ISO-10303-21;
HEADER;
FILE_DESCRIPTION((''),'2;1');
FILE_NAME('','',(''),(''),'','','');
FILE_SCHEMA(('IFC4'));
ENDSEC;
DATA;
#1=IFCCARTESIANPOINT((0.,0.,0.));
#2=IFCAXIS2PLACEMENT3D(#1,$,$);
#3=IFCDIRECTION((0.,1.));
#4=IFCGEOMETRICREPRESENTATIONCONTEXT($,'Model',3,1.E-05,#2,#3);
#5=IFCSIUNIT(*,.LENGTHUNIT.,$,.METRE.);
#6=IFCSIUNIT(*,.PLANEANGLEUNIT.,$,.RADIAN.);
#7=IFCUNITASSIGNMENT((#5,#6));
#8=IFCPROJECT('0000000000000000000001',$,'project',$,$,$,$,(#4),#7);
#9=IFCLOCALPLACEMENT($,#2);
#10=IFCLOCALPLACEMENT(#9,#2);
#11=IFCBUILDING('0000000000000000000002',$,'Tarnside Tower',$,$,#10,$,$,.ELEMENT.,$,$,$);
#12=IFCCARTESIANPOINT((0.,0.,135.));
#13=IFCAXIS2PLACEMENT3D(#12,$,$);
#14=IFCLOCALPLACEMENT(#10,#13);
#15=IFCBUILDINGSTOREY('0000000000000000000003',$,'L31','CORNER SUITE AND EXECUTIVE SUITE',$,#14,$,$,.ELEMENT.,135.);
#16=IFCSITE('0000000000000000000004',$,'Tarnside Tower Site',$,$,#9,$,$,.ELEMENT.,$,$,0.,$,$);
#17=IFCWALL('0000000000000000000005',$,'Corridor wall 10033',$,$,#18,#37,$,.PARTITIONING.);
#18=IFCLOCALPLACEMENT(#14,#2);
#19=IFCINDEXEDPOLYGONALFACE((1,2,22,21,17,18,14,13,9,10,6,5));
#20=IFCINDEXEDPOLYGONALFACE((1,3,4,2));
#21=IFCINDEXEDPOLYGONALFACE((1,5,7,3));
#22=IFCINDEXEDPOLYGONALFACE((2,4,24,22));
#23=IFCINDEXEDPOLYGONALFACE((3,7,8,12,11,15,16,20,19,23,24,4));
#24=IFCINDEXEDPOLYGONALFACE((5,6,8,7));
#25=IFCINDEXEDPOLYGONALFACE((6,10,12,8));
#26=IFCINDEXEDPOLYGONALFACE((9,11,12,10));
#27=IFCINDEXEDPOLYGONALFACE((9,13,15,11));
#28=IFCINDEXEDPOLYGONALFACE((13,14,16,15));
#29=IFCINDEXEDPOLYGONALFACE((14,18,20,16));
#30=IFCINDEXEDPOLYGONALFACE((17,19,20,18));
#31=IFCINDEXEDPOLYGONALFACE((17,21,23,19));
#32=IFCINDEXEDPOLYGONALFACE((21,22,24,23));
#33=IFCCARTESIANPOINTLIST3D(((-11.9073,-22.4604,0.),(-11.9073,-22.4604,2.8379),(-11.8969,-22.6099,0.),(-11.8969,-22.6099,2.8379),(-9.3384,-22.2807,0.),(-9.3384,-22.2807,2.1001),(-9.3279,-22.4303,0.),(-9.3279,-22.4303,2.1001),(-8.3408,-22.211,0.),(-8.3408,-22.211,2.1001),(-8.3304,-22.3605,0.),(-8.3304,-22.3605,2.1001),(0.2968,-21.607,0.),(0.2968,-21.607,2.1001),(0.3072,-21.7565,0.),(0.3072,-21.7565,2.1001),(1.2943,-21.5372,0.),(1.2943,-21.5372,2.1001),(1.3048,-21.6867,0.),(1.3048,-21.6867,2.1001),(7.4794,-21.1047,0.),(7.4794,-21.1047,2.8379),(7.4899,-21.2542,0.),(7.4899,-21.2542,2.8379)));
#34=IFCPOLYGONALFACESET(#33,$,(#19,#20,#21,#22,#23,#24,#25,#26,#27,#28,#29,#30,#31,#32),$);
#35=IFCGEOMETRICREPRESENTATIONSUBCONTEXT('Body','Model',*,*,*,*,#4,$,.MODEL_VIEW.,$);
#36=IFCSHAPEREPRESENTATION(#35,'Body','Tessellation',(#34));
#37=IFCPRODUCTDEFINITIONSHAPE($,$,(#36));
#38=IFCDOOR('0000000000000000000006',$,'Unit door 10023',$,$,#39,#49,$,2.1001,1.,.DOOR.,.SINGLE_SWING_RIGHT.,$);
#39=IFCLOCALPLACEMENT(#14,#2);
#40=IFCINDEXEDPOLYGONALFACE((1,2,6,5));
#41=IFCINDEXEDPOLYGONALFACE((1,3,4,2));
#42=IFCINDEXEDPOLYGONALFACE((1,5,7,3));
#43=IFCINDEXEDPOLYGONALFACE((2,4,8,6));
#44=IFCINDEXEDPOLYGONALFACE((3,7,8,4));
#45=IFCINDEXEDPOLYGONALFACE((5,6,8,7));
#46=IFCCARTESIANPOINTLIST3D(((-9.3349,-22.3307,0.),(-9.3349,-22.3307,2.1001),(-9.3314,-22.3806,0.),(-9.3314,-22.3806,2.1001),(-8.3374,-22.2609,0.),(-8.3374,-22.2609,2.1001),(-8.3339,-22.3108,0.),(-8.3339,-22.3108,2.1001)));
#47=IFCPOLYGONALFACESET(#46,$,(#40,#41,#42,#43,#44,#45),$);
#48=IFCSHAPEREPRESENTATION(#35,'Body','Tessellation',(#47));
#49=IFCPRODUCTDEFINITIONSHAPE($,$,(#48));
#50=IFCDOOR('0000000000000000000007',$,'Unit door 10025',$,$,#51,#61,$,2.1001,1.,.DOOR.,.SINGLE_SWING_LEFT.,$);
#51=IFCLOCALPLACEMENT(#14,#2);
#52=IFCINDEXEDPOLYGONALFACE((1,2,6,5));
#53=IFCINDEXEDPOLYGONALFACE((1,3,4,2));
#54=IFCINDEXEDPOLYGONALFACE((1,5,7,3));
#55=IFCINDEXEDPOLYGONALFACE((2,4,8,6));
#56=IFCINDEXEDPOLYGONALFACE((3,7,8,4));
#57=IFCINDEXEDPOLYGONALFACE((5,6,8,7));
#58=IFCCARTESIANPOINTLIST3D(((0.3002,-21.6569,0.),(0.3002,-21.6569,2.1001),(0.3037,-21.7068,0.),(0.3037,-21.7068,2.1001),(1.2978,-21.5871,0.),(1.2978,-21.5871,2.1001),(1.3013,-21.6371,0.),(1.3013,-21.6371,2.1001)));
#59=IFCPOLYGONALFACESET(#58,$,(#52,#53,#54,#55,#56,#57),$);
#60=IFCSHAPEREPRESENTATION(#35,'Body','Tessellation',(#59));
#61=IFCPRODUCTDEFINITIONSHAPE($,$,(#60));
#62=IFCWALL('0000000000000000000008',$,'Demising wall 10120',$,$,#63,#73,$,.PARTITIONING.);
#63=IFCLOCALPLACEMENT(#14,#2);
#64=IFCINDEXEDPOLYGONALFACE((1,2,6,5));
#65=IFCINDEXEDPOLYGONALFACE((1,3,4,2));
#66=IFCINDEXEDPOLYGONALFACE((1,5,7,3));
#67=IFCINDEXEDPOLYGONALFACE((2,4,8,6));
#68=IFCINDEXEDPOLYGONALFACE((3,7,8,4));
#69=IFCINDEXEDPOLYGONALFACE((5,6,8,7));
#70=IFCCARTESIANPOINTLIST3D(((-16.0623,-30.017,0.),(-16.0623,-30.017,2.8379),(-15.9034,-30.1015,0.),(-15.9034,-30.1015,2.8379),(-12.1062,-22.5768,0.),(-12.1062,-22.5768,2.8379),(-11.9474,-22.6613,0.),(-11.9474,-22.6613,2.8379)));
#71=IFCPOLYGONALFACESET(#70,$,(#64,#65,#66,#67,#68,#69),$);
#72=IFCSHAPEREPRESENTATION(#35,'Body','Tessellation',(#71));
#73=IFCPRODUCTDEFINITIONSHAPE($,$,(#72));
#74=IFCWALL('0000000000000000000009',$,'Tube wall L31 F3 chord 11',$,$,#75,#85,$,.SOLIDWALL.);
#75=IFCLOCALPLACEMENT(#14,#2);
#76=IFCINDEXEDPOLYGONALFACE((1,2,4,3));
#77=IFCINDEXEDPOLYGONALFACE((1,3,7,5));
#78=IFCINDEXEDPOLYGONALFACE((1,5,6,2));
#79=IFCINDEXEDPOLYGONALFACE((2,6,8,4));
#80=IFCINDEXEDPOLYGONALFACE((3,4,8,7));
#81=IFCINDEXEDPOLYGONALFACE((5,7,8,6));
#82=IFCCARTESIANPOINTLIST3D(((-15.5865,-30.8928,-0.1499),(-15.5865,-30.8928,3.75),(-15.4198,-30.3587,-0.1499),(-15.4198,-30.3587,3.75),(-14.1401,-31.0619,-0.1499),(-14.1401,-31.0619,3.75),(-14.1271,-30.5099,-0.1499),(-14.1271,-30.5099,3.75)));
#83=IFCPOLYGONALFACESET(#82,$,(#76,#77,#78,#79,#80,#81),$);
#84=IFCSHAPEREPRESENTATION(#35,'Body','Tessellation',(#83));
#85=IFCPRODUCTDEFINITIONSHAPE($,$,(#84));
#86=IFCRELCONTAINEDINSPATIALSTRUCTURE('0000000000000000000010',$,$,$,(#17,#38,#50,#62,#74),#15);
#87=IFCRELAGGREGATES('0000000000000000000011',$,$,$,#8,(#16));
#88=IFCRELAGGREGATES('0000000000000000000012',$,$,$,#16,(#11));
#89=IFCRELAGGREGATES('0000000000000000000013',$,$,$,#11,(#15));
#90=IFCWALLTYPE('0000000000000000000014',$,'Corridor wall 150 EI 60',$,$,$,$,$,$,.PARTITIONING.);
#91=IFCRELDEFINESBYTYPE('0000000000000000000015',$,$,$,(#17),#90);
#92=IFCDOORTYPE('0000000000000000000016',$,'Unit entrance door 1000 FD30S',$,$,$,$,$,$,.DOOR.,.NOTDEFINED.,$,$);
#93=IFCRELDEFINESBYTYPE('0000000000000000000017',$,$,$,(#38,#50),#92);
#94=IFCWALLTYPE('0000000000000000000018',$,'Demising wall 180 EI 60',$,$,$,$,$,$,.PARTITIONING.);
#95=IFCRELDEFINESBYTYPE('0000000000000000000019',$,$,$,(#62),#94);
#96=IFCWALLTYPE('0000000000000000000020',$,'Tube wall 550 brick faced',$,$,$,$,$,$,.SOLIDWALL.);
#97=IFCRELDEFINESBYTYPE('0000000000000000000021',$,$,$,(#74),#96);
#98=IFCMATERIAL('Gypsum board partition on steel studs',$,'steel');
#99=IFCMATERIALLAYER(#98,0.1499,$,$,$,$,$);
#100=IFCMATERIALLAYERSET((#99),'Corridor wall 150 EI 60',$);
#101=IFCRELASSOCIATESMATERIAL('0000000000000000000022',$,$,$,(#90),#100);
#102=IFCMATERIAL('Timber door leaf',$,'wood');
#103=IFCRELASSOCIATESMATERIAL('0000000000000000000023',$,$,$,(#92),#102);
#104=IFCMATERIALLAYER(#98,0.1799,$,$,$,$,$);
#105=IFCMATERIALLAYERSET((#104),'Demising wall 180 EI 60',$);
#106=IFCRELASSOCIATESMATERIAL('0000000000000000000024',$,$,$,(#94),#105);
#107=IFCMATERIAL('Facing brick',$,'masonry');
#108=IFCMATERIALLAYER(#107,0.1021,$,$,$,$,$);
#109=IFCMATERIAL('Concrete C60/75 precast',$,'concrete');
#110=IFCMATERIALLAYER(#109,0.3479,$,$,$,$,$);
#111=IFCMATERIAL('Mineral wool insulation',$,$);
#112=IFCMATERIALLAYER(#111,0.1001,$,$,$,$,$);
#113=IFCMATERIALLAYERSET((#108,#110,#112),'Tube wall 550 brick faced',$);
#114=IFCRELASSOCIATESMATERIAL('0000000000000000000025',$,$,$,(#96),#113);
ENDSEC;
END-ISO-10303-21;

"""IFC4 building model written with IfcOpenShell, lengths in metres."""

from ifc_helpers import new_model, si_unit, direction, frame, frame_2d, origin, place, context, subcontext, project, spatial, polyline, rectangle, outline, extrude, material, layer, layer_set, type_object, element, fill, save


model = new_model("IFC4")

# Units and contexts
model_context = context("Model", 3, precision=1e-05, world=origin(), true_north=direction((0.0, 1.0)))
body_context = subcontext(model_context, "Body", "Model", "MODEL_VIEW")
ifc_project = project(units=[si_unit("LENGTHUNIT", "METRE"), si_unit("PLANEANGLEUNIT", "RADIAN")], contexts=[model_context])

# Site, building, storey
site_placement = place(None, origin())
site = spatial("IfcSite", under=ifc_project, at=site_placement, Name="Tarnside Tower Site", CompositionType="ELEMENT", RefElevation=0.0)
building_placement = place(site_placement, origin())
building = spatial("IfcBuilding", under=site, at=building_placement, Name="Tarnside Tower", CompositionType="ELEMENT")
storey_placement = place(building_placement, frame((0.0, 0.0, 135.0)))
storey = spatial("IfcBuildingStorey", under=building, at=storey_placement, Name="L31", Description="CORNER SUITE AND EXECUTIVE SUITE", CompositionType="ELEMENT", Elevation=135.0)

# Shared definitions
ifc_material_1 = material(Name="Gypsum board partition on steel studs", Category="steel")

# Shared definitions
ifc_material_2 = material(Name="Timber door leaf", Category="wood")

# Wall, openings, doors
ifc_layer_1 = layer(ifc_material_1, 0.1499)
ifc_layer_set_1 = layer_set([ifc_layer_1], Name="Corridor wall 150 EI 60")
wall_type_1 = type_object("IfcWallType", Name="Corridor wall 150 EI 60", PredefinedType="PARTITIONING", material=ifc_layer_set_1)
wall_1_placement = place(storey_placement, frame((-11.9021, -22.5352, 0.0), z_axis=(0.0, 0.0, 1.0), x_axis=(0.997564, 0.06976, 0.0)))
wall_1 = element("IfcWall", 1, at=wall_1_placement, inside=storey, type_object=wall_type_1, Name="Corridor wall 10033", PredefinedType="PARTITIONING", context=body_context, shape_type="SweptSolid", body=[
    extrude(rectangle(XDim=19.4341, YDim=0.1499, at=frame_2d((9.717, 0.0))), origin(), (0.0, 0.0, 1.0), 2.8379),
])
opening_1_placement = place(wall_1_placement, frame((2.5752, 0.0, 0.0)))
opening_1 = element("IfcOpeningElement", 2, at=opening_1_placement, cuts=wall_1, PredefinedType="OPENING", context=body_context, shape_type="SweptSolid", body=[
    extrude(rectangle(XDim=1.0, YDim=2.1001, at=frame_2d((0.5, 1.05))), frame((0.0, 0.085, 0.0), z_axis=(0.0, -1.0, 0.0), x_axis=(1.0, 0.0, 0.0)), (0.0, 0.0, 1.0), 0.1699),
])
opening_2_placement = place(wall_1_placement, frame((12.2339, 0.0, 0.0)))
opening_2 = element("IfcOpeningElement", 3, at=opening_2_placement, cuts=wall_1, PredefinedType="OPENING", context=body_context, shape_type="SweptSolid", body=[
    extrude(rectangle(XDim=1.0, YDim=2.1001, at=frame_2d((0.5, 1.05))), frame((0.0, 0.085, 0.0), z_axis=(0.0, -1.0, 0.0), x_axis=(1.0, 0.0, 0.0)), (0.0, 0.0, 1.0), 0.1699),
])
door_type_1 = type_object("IfcDoorType", Name="Unit entrance door 1000 FD30S", OperationType="NOTDEFINED", PredefinedType="DOOR", material=ifc_material_2)
door_1_placement = place(opening_1_placement, origin())
door_1 = element("IfcDoor", 4, at=door_1_placement, inside=storey, type_object=door_type_1, Name="Unit door 10023", OperationType="SINGLE_SWING_RIGHT", OverallHeight=2.1001, OverallWidth=1.0, PredefinedType="DOOR", context=body_context, shape_type="SweptSolid", body=[
    extrude(rectangle(XDim=1.0, YDim=2.1001, at=frame_2d((0.5, 1.05))), frame((0.0, 0.0249, 0.0), z_axis=(0.0, -1.0, 0.0), x_axis=(1.0, 0.0, 0.0)), (0.0, 0.0, 1.0), 0.05),
])
fill(opening_1, door_1)
door_2_placement = place(opening_2_placement, origin())
door_2 = element("IfcDoor", 5, at=door_2_placement, inside=storey, type_object=door_type_1, Name="Unit door 10025", OperationType="SINGLE_SWING_LEFT", OverallHeight=2.1001, OverallWidth=1.0, PredefinedType="DOOR", context=body_context, shape_type="SweptSolid", body=[
    extrude(rectangle(XDim=1.0, YDim=2.1001, at=frame_2d((0.5, 1.05))), frame((0.0, 0.0249, 0.0), z_axis=(0.0, -1.0, 0.0), x_axis=(1.0, 0.0, 0.0)), (0.0, 0.0, 1.0), 0.05),
])
fill(opening_2, door_2)

# Walls
ifc_layer_2 = layer(ifc_material_1, 0.1799)
ifc_layer_set_2 = layer_set([ifc_layer_2], Name="Demising wall 180 EI 60")
wall_type_2 = type_object("IfcWallType", Name="Demising wall 180 EI 60", PredefinedType="PARTITIONING", material=ifc_layer_set_2)
wall_2_placement = place(storey_placement, frame((-15.9829, -30.0593, 0.0), z_axis=(0.0, 0.0, 1.0), x_axis=(0.469475, 0.882946, 0.0)))
element("IfcWall", 6, at=wall_2_placement, inside=storey, type_object=wall_type_2, Name="Demising wall 10120", PredefinedType="PARTITIONING", context=body_context, shape_type="SweptSolid", body=[
    extrude(rectangle(XDim=8.4265, YDim=0.1799, at=frame_2d((4.2134, 0.0))), origin(), (0.0, 0.0, 1.0), 2.8379),
])
ifc_material_3 = material(Name="Facing brick", Category="masonry")
ifc_layer_3 = layer(ifc_material_3, 0.1021)
ifc_material_4 = material(Name="Concrete C60/75 precast", Category="concrete")
ifc_layer_4 = layer(ifc_material_4, 0.3479)
ifc_material_5 = material(Name="Mineral wool insulation")
ifc_layer_5 = layer(ifc_material_5, 0.1001)
ifc_layer_set_3 = layer_set([ifc_layer_3, ifc_layer_4, ifc_layer_5], Name="Tube wall 550 brick faced")
wall_type_3 = type_object("IfcWallType", Name="Tube wall 550 brick faced", PredefinedType="SOLIDWALL", material=ifc_layer_set_3)
wall_3_placement = place(storey_placement, frame((-15.5032, -30.6257, -0.1499), z_axis=(0.0, 0.0, 1.0), x_axis=(0.993233, -0.116143, 0.0)))
element("IfcWall", 7, at=wall_3_placement, inside=storey, type_object=wall_type_3, Name="Tube wall L31 F3 chord 11", PredefinedType="SOLIDWALL", context=body_context, shape_type="SweptSolid", body=[
    extrude(outline(polyline([(-0.0518, -0.2749), (1.4045, -0.2749), (1.3533, 0.2749), (0.0518, 0.2749), (-0.0518, -0.2749)])), origin(), (0.0, 0.0, 1.0), 3.8999),
])

save(model, "model.ifc")
